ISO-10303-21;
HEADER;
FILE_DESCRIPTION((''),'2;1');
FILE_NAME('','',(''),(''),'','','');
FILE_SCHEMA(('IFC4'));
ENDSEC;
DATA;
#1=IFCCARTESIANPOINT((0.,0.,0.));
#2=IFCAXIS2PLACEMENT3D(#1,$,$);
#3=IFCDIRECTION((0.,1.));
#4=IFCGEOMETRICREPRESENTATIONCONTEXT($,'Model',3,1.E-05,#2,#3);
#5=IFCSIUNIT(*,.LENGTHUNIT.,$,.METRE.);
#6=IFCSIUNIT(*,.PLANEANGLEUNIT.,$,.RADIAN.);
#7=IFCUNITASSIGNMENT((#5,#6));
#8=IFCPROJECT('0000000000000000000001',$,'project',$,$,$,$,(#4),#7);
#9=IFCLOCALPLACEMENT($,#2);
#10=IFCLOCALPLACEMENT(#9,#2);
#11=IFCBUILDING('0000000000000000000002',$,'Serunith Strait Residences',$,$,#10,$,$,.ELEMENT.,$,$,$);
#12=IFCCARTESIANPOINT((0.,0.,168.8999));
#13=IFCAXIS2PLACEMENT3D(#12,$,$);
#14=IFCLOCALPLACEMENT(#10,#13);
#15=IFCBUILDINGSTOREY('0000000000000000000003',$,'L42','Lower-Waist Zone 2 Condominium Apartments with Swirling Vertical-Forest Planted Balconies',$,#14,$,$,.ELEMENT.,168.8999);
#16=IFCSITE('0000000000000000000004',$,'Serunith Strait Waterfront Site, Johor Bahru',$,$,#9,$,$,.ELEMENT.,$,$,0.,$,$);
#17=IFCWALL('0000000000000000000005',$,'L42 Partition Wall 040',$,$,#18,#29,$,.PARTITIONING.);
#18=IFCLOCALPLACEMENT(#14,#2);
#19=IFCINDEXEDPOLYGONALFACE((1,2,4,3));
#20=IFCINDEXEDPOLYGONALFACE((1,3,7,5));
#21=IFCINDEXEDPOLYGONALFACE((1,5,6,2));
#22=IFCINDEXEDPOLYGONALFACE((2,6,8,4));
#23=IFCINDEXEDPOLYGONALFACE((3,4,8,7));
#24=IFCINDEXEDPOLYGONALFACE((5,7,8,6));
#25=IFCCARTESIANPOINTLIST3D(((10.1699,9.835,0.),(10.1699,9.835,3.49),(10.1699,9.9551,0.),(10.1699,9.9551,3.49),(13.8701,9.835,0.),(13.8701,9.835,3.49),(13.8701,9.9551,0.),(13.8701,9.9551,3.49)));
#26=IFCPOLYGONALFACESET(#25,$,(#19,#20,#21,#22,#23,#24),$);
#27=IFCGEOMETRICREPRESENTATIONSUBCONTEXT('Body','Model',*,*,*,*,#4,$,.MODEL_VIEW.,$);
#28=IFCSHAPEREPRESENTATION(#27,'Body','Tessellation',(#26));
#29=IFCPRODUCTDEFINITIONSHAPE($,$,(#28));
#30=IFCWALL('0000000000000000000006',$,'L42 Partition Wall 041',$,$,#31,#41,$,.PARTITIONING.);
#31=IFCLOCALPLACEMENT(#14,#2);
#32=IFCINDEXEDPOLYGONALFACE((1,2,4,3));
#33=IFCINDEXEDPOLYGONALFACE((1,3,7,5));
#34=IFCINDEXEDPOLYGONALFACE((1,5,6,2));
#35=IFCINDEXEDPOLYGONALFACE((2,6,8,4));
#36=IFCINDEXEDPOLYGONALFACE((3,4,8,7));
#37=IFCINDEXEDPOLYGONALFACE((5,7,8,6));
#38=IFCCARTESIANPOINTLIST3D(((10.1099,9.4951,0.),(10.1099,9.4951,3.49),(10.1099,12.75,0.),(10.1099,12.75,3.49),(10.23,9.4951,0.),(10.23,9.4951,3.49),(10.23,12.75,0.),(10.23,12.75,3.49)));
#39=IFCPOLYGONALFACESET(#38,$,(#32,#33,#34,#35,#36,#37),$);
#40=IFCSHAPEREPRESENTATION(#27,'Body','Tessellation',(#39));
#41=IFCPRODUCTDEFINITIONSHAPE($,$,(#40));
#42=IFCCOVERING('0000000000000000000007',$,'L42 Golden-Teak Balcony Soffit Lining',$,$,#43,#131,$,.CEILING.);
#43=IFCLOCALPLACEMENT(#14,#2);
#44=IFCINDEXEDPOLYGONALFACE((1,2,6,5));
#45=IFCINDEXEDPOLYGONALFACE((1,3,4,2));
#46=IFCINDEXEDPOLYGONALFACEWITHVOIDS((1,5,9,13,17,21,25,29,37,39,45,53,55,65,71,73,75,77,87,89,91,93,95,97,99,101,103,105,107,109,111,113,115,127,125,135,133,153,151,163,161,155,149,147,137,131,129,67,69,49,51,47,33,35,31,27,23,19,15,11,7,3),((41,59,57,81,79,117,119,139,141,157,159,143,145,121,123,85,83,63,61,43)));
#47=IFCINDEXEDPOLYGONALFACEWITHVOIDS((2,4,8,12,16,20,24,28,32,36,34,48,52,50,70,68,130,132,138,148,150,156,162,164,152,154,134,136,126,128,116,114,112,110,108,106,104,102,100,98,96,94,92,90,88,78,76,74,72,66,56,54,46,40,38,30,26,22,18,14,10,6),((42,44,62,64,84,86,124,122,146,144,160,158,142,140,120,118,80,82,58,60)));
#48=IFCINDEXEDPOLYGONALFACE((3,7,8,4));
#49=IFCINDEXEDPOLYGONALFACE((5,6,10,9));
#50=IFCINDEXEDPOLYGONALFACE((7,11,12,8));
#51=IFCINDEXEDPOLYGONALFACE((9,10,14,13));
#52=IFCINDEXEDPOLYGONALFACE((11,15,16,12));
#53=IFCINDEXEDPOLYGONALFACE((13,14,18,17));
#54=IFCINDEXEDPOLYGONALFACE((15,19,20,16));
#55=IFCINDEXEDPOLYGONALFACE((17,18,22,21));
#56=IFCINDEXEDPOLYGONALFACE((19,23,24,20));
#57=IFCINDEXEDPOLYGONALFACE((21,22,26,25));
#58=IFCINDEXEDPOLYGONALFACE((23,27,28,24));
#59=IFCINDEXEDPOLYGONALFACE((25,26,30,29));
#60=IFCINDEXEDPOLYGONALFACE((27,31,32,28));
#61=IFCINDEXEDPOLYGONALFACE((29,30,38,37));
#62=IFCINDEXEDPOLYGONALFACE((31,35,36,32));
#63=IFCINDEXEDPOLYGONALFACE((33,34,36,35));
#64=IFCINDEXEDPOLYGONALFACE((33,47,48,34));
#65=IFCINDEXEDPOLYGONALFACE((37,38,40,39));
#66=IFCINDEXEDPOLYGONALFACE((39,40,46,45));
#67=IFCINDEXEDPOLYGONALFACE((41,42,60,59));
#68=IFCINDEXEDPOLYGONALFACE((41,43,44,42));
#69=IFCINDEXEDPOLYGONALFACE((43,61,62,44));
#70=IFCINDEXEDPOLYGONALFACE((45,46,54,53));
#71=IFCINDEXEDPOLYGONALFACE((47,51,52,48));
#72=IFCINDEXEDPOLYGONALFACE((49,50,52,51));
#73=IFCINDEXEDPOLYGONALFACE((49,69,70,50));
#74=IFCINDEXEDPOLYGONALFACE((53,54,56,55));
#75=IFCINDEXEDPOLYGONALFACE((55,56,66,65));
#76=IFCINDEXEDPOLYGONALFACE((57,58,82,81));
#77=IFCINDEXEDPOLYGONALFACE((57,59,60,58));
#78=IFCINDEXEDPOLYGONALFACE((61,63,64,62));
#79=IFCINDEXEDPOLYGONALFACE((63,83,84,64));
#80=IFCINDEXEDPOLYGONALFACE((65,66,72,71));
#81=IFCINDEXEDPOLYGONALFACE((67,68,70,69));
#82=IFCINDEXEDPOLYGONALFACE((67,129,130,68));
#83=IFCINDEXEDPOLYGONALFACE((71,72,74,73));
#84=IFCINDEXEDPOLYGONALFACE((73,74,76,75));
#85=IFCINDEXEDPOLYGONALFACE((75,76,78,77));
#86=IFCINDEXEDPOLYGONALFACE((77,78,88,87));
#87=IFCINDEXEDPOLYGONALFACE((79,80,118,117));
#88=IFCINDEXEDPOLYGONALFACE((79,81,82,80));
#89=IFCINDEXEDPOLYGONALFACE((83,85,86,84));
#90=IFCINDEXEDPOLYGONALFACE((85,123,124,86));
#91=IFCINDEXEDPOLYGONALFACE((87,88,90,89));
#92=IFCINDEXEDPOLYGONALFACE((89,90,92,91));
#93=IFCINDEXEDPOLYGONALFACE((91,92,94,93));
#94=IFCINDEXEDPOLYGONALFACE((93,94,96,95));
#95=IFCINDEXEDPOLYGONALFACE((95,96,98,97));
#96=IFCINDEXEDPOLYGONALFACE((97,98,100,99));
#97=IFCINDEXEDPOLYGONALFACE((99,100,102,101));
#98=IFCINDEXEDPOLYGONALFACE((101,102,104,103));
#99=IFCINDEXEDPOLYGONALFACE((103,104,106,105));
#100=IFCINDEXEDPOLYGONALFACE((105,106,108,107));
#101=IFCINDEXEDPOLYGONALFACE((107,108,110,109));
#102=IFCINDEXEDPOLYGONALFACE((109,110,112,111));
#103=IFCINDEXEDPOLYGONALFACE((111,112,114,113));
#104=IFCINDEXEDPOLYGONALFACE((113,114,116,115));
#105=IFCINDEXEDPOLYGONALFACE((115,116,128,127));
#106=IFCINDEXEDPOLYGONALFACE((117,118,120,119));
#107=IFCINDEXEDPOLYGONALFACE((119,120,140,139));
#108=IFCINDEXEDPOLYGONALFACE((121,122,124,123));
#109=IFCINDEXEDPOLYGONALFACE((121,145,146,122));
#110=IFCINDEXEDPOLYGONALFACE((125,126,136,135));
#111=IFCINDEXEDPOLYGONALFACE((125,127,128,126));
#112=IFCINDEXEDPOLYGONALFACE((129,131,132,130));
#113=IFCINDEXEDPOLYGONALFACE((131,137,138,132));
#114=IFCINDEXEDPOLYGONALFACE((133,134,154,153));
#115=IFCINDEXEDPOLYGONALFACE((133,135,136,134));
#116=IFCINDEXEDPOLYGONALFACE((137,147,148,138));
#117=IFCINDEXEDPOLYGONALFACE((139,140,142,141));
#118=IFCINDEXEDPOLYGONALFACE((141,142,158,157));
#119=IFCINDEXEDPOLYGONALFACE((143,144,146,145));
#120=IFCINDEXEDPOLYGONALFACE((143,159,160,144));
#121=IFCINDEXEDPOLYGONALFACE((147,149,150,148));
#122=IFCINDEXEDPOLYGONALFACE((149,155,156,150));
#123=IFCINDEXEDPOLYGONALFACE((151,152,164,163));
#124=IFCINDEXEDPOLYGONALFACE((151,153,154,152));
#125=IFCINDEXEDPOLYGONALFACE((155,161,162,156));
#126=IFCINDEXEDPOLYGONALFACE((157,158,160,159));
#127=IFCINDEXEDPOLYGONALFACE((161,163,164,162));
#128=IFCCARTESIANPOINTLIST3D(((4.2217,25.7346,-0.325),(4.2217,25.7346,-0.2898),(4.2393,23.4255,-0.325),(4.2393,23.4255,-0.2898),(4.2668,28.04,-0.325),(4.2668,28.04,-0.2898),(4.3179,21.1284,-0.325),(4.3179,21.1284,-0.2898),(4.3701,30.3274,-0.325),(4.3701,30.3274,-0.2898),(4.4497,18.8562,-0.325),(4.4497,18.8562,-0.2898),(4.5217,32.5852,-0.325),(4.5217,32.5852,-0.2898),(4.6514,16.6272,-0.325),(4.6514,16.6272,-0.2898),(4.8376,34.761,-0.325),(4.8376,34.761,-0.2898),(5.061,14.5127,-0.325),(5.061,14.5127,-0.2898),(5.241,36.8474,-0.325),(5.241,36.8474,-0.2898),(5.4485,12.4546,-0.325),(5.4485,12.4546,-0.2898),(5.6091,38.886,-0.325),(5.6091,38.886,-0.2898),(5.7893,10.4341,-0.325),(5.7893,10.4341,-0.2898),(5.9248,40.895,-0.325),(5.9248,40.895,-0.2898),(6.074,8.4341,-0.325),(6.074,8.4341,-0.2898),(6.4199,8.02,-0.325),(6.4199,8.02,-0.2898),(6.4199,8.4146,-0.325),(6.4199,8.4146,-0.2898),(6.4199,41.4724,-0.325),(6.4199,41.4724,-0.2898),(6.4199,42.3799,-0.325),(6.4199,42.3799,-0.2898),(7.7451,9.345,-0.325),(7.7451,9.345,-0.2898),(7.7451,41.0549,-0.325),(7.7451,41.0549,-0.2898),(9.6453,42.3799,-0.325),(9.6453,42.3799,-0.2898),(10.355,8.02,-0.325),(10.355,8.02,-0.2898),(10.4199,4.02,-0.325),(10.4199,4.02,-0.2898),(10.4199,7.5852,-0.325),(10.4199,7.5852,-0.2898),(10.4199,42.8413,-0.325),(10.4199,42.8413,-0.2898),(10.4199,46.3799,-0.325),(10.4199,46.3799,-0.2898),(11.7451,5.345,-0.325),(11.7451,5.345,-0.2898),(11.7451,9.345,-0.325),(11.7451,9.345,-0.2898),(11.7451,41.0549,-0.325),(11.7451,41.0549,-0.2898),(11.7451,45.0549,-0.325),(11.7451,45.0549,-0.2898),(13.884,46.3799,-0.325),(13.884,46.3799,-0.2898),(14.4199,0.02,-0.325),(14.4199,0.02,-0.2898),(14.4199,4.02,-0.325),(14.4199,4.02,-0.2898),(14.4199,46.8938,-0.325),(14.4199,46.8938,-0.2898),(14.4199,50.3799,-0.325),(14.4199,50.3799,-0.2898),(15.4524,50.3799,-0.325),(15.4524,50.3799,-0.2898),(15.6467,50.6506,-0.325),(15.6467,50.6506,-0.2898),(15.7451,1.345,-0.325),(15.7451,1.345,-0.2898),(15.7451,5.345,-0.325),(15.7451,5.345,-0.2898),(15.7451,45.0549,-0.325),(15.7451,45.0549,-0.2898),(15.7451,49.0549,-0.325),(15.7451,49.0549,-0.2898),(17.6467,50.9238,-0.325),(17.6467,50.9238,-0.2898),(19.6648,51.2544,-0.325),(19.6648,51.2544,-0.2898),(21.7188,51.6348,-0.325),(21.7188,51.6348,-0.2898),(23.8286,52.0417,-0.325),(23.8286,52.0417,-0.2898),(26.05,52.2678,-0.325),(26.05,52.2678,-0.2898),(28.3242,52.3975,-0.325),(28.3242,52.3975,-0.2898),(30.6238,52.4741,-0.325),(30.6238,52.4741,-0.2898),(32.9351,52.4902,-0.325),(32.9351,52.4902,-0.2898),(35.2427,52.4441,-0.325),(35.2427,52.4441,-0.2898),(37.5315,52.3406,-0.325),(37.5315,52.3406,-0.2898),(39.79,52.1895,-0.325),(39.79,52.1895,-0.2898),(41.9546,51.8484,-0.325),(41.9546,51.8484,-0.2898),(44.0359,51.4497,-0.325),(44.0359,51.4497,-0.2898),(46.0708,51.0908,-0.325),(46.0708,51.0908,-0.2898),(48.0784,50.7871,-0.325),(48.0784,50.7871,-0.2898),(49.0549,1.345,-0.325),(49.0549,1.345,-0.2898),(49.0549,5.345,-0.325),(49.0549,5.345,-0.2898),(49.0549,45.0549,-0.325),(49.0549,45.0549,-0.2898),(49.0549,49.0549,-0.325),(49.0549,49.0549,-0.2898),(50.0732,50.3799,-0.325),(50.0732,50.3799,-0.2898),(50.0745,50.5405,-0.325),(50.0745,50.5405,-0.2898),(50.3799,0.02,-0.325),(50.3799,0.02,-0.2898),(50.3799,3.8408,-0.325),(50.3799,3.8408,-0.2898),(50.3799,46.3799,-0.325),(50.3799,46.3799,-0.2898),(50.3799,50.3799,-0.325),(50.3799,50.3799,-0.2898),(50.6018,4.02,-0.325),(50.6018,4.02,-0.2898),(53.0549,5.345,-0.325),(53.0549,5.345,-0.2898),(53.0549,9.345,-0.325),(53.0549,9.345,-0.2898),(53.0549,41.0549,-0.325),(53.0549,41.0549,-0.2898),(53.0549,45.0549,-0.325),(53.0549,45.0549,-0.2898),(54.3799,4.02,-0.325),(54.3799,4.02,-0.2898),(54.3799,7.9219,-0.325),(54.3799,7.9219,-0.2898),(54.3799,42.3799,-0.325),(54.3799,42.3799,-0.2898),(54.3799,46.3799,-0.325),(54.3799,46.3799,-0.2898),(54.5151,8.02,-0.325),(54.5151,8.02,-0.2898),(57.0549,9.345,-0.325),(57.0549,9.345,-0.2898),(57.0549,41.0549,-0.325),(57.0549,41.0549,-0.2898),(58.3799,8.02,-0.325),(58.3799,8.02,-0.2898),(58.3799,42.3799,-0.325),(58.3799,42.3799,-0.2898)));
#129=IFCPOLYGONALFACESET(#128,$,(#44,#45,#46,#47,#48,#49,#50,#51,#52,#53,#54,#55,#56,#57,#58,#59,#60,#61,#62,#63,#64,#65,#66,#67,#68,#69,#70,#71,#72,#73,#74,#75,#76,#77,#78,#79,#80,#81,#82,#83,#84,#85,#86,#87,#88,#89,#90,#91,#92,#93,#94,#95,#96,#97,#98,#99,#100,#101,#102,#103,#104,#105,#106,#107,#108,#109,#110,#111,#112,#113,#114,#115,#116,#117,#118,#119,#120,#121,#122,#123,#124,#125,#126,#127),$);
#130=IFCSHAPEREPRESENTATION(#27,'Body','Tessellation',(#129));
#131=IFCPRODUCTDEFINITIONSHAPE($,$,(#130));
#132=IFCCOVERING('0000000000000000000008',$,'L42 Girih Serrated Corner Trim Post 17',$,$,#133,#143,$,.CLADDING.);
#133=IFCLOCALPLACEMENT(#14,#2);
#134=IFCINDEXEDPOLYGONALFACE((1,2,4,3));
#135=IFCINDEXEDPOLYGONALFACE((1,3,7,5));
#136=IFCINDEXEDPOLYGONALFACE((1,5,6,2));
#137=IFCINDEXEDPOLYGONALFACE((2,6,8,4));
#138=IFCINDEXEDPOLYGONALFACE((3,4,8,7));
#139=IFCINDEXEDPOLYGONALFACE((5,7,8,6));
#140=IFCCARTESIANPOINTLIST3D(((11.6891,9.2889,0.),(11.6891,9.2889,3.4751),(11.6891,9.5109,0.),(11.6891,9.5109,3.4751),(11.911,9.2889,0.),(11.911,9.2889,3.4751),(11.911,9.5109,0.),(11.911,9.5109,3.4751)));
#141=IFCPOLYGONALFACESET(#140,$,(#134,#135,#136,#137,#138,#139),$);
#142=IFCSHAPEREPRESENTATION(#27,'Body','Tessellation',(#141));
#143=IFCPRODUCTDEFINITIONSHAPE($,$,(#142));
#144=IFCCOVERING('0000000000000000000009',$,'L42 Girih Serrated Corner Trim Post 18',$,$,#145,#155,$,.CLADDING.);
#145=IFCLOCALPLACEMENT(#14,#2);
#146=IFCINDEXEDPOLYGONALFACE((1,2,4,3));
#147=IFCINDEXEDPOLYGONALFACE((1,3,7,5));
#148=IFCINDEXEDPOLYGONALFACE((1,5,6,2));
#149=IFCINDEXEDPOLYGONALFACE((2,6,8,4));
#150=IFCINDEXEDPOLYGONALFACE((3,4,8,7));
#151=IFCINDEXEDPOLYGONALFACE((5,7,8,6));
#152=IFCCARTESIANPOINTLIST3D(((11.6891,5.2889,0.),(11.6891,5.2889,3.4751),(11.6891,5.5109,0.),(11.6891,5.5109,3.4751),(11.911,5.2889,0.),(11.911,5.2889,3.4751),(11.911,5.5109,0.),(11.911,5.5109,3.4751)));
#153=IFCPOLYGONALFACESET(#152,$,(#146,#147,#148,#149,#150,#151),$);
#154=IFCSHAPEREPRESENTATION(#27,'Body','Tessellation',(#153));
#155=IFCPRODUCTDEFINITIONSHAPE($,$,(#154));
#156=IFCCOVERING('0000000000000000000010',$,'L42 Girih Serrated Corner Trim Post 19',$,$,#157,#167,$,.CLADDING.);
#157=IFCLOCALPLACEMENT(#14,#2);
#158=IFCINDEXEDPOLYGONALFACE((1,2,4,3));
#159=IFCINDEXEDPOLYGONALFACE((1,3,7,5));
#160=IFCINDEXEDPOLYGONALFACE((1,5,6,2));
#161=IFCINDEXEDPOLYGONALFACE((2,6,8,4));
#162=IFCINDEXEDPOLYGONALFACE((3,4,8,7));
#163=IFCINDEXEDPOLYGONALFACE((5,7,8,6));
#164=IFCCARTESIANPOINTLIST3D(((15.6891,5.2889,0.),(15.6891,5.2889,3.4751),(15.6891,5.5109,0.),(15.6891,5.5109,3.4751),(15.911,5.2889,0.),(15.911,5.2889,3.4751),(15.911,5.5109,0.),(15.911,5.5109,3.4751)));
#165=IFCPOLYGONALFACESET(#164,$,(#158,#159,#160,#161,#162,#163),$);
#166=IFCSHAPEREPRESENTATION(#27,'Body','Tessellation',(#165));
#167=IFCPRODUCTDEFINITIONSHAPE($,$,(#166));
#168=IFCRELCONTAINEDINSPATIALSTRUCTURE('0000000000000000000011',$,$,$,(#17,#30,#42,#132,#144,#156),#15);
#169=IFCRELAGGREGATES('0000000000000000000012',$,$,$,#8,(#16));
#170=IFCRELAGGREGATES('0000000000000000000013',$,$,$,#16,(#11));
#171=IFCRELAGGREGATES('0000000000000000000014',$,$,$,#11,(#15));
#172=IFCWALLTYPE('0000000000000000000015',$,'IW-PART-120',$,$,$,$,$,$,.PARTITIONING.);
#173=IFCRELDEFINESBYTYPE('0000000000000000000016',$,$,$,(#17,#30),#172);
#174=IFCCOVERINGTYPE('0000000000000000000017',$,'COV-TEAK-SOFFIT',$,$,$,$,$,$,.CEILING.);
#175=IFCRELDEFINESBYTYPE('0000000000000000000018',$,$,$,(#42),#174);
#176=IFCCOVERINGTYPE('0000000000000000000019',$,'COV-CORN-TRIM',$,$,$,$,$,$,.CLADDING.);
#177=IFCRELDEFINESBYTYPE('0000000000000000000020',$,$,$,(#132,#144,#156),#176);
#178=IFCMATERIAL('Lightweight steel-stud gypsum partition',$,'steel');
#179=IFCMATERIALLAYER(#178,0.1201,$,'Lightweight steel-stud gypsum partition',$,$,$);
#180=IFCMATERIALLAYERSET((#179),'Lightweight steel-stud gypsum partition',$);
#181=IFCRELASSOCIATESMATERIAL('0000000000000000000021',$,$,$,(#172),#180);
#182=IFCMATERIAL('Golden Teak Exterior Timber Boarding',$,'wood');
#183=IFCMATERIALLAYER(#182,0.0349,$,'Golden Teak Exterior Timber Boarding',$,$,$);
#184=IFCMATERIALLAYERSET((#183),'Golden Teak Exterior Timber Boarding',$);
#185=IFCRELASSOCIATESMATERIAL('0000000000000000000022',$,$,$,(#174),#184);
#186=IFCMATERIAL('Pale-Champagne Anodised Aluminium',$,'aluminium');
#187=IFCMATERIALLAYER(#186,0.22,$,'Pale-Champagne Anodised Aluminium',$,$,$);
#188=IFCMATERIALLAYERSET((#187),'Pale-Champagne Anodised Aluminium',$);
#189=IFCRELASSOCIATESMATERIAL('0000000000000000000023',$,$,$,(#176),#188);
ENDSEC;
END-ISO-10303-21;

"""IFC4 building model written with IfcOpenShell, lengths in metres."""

from ifc_helpers import new_model, si_unit, direction, frame, frame_2d, origin, origin_2d, place, context, subcontext, project, spatial, polyline, rectangle, outline, extrude, source, transform, mapped, material, layer, layer_set, type_object, element, save


model = new_model("IFC4")

# Units and contexts
model_context = context("Model", 3, precision=1e-05, world=origin(), true_north=direction((0.0, 1.0)))
body_context = subcontext(model_context, "Body", "Model", "MODEL_VIEW")
ifc_project = project(units=[si_unit("LENGTHUNIT", "METRE"), si_unit("PLANEANGLEUNIT", "RADIAN")], contexts=[model_context])

# Site, building, storey
site_placement = place(None, origin())
site = spatial("IfcSite", under=ifc_project, at=site_placement, Name="Serunith Strait Waterfront Site, Johor Bahru", CompositionType="ELEMENT", RefElevation=0.0)
building_placement = place(site_placement, origin())
building = spatial("IfcBuilding", under=site, at=building_placement, Name="Serunith Strait Residences", CompositionType="ELEMENT")
storey_placement = place(building_placement, frame((0.0, 0.0, 168.8999)))
storey = spatial("IfcBuildingStorey", under=building, at=storey_placement, Name="L42", Description="Lower-Waist Zone 2 Condominium Apartments with Swirling Vertical-Forest Planted Balconies", CompositionType="ELEMENT", Elevation=168.8999)

# Shared definitions
ifc_material_1 = material(Name="Pale-Champagne Anodised Aluminium", Category="aluminium")

# Walls
ifc_material_2 = material(Name="Lightweight steel-stud gypsum partition", Category="steel")
ifc_layer_1 = layer(ifc_material_2, 0.1201, Name="Lightweight steel-stud gypsum partition")
ifc_layer_set_1 = layer_set([ifc_layer_1], Name="Lightweight steel-stud gypsum partition")
wall_type_1 = type_object("IfcWallType", Name="IW-PART-120", PredefinedType="PARTITIONING", material=ifc_layer_set_1)
wall_1_placement = place(storey_placement, frame((10.1699, 9.895, 0.0), z_axis=(0.0, 0.0, 1.0), x_axis=(1.0, 0.0, 0.0)))
element("IfcWall", 1, at=wall_1_placement, inside=storey, type_object=wall_type_1, Name="L42 Partition Wall 040", PredefinedType="PARTITIONING", context=body_context, shape_type="SweptSolid", body=[
    extrude(rectangle(XDim=3.7002, YDim=0.1201, at=frame_2d((1.8501, 0.0))), origin(), (0.0, 0.0, 1.0), 3.49),
])
wall_2_placement = place(storey_placement, frame((10.1699, 9.4951, 0.0), z_axis=(0.0, 0.0, 1.0), x_axis=(0.0, 1.0, 0.0)))
element("IfcWall", 2, at=wall_2_placement, inside=storey, type_object=wall_type_1, Name="L42 Partition Wall 041", PredefinedType="PARTITIONING", context=body_context, shape_type="SweptSolid", body=[
    extrude(rectangle(XDim=3.2549, YDim=0.1201, at=frame_2d((1.6274, 0.0))), origin(), (0.0, 0.0, 1.0), 3.49),
])

# Covering
ifc_material_3 = material(Name="Golden Teak Exterior Timber Boarding", Category="wood")
ifc_layer_2 = layer(ifc_material_3, 0.0349, Name="Golden Teak Exterior Timber Boarding")
ifc_layer_set_2 = layer_set([ifc_layer_2], Name="Golden Teak Exterior Timber Boarding")
covering_type_1 = type_object("IfcCoveringType", Name="COV-TEAK-SOFFIT", PredefinedType="CEILING", material=ifc_layer_set_2)
covering_placement = place(storey_placement, frame((0.0, 0.0, -0.325)))
element("IfcCovering", 3, at=covering_placement, inside=storey, type_object=covering_type_1, Name="L42 Golden-Teak Balcony Soffit Lining", PredefinedType="CEILING", context=body_context, shape_type="SweptSolid", body=[
    extrude(outline(polyline([(6.4199, 8.02), (6.4199, 8.4146), (6.074, 8.4341), (5.7893, 10.4341), (5.4485, 12.4546), (5.061, 14.5127), (4.6514, 16.6272), (4.4497, 18.8562), (4.3179, 21.1284), (4.2393, 23.4255), (4.2217, 25.7346), (4.2668, 28.04), (4.3701, 30.3274), (4.5217, 32.5852), (4.8376, 34.761), (5.241, 36.8474), (5.6091, 38.886), (5.9248, 40.895), (6.4199, 41.4724), (6.4199, 42.3799), (9.6453, 42.3799), (10.4199, 42.8413), (10.4199, 46.3799), (13.884, 46.3799), (14.4199, 46.8938), (14.4199, 50.3799), (15.4524, 50.3799), (15.6467, 50.6506), (17.6467, 50.9238), (19.6648, 51.2544), (21.7188, 51.6348), (23.8286, 52.0417), (26.05, 52.2678), (28.3242, 52.3975), (30.6238, 52.4741), (32.9351, 52.4902), (35.2427, 52.4441), (37.5315, 52.3406), (39.79, 52.1895), (41.9546, 51.8484), (44.0359, 51.4497), (46.0708, 51.0908), (48.0784, 50.7871), (50.0745, 50.5405), (50.0732, 50.3799), (50.3799, 50.3799), (50.3799, 46.3799), (54.3799, 46.3799), (54.3799, 42.3799), (58.3799, 42.3799), (58.3799, 8.02), (54.5151, 8.02), (54.3799, 7.9219), (54.3799, 4.02), (50.6018, 4.02), (50.3799, 3.8408), (50.3799, 0.02), (14.4199, 0.02), (14.4199, 4.02), (10.4199, 4.02), (10.4199, 7.5852), (10.355, 8.02), (6.4199, 8.02)]), holes=[polyline([(49.0549, 1.345), (49.0549, 5.345), (53.0549, 5.345), (53.0549, 9.345), (57.0549, 9.345), (57.0549, 41.0549), (53.0549, 41.0549), (53.0549, 45.0549), (49.0549, 45.0549), (49.0549, 49.0549), (15.7451, 49.0549), (15.7451, 45.0549), (11.7451, 45.0549), (11.7451, 41.0549), (7.7451, 41.0549), (7.7451, 9.345), (11.7451, 9.345), (11.7451, 5.345), (15.7451, 5.345), (15.7451, 1.345), (49.0549, 1.345)])]), origin(), (0.0, 0.0, 1.0), 0.0352),
])

# Coverings
ifc_layer_3 = layer(ifc_material_1, 0.22, Name="Pale-Champagne Anodised Aluminium")
ifc_layer_set_3 = layer_set([ifc_layer_3], Name="Pale-Champagne Anodised Aluminium")
covering_type_2 = type_object("IfcCoveringType", Name="COV-CORN-TRIM", PredefinedType="CLADDING", material=ifc_layer_set_3)
shared_shape_1 = source(origin(), body_context, "Body", "SweptSolid", [
    extrude(rectangle(XDim=0.2219, YDim=0.2219, at=origin_2d()), origin(), (0.0, 0.0, 1.0), 3.4751),
])
for number, where, z_axis, x_axis, name in (
    (4, (11.8, 9.3999, 0.0), (0.0, 0.0, 1.0), (1.0, 0.0, 0.0), "L42 Girih Serrated Corner Trim Post 17"),
    (5, (11.8, 5.3999, 0.0), (0.0, 0.0, 1.0), (1.0, 0.0, 0.0), "L42 Girih Serrated Corner Trim Post 18"),
    (6, (15.8, 5.3999, 0.0), (0.0, 0.0, 1.0), (1.0, 0.0, 0.0), "L42 Girih Serrated Corner Trim Post 19"),
):
    element("IfcCovering", number, at=place(storey_placement, frame(where, z_axis=z_axis, x_axis=x_axis)), inside=storey, type_object=covering_type_2, Name=name, PredefinedType="CLADDING", context=body_context, shape_type="MappedRepresentation", body=[
        mapped(shared_shape_1, transform((0.0, 0.0, 0.0), scale=1.0)),
    ])

save(model, "model.ifc")
